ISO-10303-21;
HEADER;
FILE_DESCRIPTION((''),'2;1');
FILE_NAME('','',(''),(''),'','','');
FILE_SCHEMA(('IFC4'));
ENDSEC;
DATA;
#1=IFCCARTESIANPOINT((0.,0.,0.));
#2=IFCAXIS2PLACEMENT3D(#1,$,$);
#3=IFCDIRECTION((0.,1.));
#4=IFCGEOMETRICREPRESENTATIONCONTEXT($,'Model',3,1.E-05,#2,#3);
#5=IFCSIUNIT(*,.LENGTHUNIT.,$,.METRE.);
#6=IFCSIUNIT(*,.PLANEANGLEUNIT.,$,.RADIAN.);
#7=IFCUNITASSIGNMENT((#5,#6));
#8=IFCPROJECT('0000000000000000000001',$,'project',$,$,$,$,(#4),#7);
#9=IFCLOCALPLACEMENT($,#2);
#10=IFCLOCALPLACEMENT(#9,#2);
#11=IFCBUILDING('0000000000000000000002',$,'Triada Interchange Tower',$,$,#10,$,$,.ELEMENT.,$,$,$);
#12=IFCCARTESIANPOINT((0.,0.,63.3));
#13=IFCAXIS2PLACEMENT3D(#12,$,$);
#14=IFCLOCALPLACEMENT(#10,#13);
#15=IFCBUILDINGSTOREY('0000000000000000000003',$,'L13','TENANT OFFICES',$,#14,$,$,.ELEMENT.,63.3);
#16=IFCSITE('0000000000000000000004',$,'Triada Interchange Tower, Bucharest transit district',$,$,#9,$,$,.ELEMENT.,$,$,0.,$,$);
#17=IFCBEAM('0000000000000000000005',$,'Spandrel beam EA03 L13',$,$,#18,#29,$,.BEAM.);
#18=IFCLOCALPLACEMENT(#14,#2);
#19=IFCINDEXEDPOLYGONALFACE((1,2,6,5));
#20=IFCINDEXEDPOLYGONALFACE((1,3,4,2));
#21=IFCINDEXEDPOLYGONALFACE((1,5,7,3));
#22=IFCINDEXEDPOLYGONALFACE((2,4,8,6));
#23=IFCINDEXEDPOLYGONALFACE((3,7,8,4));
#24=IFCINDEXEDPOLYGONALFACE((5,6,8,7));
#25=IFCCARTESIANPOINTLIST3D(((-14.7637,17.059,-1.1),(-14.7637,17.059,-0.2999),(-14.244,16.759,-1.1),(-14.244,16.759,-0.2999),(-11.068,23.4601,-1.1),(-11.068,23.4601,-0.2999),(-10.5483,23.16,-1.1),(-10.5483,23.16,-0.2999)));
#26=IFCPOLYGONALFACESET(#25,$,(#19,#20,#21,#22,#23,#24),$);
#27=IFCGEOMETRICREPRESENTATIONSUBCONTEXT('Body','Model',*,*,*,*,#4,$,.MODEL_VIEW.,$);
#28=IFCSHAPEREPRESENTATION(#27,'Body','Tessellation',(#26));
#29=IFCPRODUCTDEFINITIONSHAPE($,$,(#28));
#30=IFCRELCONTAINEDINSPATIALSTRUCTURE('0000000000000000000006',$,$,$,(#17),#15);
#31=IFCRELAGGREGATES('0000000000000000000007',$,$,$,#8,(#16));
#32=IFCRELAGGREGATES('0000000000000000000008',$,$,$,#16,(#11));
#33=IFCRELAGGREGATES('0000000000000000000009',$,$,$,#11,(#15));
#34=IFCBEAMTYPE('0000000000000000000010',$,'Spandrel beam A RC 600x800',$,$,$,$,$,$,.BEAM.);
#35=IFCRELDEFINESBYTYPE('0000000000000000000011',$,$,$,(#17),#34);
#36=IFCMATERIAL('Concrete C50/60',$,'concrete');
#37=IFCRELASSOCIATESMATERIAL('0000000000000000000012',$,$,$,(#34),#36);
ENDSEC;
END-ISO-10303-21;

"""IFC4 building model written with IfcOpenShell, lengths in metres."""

from ifc_helpers import new_model, si_unit, direction, frame, origin, origin_2d, place, context, subcontext, project, spatial, rectangle, extrude, material, material_profile, profile_set, type_object, element, save


model = new_model("IFC4")

# Units and contexts
model_context = context("Model", 3, precision=1e-05, world=origin(), true_north=direction((0.0, 1.0)))
body_context = subcontext(model_context, "Body", "Model", "MODEL_VIEW")
ifc_project = project(units=[si_unit("LENGTHUNIT", "METRE"), si_unit("PLANEANGLEUNIT", "RADIAN")], contexts=[model_context])

# Site, building, storey
site_placement = place(None, origin())
site = spatial("IfcSite", under=ifc_project, at=site_placement, Name="Triada Interchange Tower, Bucharest transit district", CompositionType="ELEMENT", RefElevation=0.0)
building_placement = place(site_placement, origin())
building = spatial("IfcBuilding", under=site, at=building_placement, Name="Triada Interchange Tower", CompositionType="ELEMENT")
storey_placement = place(building_placement, frame((0.0, 0.0, 63.3)))
storey = spatial("IfcBuildingStorey", under=building, at=storey_placement, Name="L13", Description="TENANT OFFICES", CompositionType="ELEMENT", Elevation=63.3)

# Beam
ifc_material_1 = material(Name="Concrete C50/60", Category="concrete")
ifc_material_profile_1 = material_profile(ifc_material_1, rectangle(XDim=0.6001, YDim=0.8, at=origin_2d()), Name="RC 600x800")
ifc_profile_set_1 = profile_set([ifc_material_profile_1], Name="Concrete C50/60")
beam_type_1 = type_object("IfcBeamType", Name="Spandrel beam A RC 600x800", PredefinedType="BEAM", material=ifc_profile_set_1)
beam_1_placement = place(storey_placement, frame((-10.8081, 23.3101, -0.7), z_axis=(-0.500011, -0.866019, 0.0), x_axis=(0.866019, -0.500011, 0.0)))
element("IfcBeam", 1, at=beam_1_placement, inside=storey, type_object=beam_type_1, Name="Spandrel beam EA03 L13", PredefinedType="BEAM", context=body_context, shape_type="SweptSolid", body=[
    extrude(rectangle(XDim=0.6001, YDim=0.8, at=origin_2d()), origin(), (0.0, 0.0, 1.0), 7.3914),
])

save(model, "model.ifc")
